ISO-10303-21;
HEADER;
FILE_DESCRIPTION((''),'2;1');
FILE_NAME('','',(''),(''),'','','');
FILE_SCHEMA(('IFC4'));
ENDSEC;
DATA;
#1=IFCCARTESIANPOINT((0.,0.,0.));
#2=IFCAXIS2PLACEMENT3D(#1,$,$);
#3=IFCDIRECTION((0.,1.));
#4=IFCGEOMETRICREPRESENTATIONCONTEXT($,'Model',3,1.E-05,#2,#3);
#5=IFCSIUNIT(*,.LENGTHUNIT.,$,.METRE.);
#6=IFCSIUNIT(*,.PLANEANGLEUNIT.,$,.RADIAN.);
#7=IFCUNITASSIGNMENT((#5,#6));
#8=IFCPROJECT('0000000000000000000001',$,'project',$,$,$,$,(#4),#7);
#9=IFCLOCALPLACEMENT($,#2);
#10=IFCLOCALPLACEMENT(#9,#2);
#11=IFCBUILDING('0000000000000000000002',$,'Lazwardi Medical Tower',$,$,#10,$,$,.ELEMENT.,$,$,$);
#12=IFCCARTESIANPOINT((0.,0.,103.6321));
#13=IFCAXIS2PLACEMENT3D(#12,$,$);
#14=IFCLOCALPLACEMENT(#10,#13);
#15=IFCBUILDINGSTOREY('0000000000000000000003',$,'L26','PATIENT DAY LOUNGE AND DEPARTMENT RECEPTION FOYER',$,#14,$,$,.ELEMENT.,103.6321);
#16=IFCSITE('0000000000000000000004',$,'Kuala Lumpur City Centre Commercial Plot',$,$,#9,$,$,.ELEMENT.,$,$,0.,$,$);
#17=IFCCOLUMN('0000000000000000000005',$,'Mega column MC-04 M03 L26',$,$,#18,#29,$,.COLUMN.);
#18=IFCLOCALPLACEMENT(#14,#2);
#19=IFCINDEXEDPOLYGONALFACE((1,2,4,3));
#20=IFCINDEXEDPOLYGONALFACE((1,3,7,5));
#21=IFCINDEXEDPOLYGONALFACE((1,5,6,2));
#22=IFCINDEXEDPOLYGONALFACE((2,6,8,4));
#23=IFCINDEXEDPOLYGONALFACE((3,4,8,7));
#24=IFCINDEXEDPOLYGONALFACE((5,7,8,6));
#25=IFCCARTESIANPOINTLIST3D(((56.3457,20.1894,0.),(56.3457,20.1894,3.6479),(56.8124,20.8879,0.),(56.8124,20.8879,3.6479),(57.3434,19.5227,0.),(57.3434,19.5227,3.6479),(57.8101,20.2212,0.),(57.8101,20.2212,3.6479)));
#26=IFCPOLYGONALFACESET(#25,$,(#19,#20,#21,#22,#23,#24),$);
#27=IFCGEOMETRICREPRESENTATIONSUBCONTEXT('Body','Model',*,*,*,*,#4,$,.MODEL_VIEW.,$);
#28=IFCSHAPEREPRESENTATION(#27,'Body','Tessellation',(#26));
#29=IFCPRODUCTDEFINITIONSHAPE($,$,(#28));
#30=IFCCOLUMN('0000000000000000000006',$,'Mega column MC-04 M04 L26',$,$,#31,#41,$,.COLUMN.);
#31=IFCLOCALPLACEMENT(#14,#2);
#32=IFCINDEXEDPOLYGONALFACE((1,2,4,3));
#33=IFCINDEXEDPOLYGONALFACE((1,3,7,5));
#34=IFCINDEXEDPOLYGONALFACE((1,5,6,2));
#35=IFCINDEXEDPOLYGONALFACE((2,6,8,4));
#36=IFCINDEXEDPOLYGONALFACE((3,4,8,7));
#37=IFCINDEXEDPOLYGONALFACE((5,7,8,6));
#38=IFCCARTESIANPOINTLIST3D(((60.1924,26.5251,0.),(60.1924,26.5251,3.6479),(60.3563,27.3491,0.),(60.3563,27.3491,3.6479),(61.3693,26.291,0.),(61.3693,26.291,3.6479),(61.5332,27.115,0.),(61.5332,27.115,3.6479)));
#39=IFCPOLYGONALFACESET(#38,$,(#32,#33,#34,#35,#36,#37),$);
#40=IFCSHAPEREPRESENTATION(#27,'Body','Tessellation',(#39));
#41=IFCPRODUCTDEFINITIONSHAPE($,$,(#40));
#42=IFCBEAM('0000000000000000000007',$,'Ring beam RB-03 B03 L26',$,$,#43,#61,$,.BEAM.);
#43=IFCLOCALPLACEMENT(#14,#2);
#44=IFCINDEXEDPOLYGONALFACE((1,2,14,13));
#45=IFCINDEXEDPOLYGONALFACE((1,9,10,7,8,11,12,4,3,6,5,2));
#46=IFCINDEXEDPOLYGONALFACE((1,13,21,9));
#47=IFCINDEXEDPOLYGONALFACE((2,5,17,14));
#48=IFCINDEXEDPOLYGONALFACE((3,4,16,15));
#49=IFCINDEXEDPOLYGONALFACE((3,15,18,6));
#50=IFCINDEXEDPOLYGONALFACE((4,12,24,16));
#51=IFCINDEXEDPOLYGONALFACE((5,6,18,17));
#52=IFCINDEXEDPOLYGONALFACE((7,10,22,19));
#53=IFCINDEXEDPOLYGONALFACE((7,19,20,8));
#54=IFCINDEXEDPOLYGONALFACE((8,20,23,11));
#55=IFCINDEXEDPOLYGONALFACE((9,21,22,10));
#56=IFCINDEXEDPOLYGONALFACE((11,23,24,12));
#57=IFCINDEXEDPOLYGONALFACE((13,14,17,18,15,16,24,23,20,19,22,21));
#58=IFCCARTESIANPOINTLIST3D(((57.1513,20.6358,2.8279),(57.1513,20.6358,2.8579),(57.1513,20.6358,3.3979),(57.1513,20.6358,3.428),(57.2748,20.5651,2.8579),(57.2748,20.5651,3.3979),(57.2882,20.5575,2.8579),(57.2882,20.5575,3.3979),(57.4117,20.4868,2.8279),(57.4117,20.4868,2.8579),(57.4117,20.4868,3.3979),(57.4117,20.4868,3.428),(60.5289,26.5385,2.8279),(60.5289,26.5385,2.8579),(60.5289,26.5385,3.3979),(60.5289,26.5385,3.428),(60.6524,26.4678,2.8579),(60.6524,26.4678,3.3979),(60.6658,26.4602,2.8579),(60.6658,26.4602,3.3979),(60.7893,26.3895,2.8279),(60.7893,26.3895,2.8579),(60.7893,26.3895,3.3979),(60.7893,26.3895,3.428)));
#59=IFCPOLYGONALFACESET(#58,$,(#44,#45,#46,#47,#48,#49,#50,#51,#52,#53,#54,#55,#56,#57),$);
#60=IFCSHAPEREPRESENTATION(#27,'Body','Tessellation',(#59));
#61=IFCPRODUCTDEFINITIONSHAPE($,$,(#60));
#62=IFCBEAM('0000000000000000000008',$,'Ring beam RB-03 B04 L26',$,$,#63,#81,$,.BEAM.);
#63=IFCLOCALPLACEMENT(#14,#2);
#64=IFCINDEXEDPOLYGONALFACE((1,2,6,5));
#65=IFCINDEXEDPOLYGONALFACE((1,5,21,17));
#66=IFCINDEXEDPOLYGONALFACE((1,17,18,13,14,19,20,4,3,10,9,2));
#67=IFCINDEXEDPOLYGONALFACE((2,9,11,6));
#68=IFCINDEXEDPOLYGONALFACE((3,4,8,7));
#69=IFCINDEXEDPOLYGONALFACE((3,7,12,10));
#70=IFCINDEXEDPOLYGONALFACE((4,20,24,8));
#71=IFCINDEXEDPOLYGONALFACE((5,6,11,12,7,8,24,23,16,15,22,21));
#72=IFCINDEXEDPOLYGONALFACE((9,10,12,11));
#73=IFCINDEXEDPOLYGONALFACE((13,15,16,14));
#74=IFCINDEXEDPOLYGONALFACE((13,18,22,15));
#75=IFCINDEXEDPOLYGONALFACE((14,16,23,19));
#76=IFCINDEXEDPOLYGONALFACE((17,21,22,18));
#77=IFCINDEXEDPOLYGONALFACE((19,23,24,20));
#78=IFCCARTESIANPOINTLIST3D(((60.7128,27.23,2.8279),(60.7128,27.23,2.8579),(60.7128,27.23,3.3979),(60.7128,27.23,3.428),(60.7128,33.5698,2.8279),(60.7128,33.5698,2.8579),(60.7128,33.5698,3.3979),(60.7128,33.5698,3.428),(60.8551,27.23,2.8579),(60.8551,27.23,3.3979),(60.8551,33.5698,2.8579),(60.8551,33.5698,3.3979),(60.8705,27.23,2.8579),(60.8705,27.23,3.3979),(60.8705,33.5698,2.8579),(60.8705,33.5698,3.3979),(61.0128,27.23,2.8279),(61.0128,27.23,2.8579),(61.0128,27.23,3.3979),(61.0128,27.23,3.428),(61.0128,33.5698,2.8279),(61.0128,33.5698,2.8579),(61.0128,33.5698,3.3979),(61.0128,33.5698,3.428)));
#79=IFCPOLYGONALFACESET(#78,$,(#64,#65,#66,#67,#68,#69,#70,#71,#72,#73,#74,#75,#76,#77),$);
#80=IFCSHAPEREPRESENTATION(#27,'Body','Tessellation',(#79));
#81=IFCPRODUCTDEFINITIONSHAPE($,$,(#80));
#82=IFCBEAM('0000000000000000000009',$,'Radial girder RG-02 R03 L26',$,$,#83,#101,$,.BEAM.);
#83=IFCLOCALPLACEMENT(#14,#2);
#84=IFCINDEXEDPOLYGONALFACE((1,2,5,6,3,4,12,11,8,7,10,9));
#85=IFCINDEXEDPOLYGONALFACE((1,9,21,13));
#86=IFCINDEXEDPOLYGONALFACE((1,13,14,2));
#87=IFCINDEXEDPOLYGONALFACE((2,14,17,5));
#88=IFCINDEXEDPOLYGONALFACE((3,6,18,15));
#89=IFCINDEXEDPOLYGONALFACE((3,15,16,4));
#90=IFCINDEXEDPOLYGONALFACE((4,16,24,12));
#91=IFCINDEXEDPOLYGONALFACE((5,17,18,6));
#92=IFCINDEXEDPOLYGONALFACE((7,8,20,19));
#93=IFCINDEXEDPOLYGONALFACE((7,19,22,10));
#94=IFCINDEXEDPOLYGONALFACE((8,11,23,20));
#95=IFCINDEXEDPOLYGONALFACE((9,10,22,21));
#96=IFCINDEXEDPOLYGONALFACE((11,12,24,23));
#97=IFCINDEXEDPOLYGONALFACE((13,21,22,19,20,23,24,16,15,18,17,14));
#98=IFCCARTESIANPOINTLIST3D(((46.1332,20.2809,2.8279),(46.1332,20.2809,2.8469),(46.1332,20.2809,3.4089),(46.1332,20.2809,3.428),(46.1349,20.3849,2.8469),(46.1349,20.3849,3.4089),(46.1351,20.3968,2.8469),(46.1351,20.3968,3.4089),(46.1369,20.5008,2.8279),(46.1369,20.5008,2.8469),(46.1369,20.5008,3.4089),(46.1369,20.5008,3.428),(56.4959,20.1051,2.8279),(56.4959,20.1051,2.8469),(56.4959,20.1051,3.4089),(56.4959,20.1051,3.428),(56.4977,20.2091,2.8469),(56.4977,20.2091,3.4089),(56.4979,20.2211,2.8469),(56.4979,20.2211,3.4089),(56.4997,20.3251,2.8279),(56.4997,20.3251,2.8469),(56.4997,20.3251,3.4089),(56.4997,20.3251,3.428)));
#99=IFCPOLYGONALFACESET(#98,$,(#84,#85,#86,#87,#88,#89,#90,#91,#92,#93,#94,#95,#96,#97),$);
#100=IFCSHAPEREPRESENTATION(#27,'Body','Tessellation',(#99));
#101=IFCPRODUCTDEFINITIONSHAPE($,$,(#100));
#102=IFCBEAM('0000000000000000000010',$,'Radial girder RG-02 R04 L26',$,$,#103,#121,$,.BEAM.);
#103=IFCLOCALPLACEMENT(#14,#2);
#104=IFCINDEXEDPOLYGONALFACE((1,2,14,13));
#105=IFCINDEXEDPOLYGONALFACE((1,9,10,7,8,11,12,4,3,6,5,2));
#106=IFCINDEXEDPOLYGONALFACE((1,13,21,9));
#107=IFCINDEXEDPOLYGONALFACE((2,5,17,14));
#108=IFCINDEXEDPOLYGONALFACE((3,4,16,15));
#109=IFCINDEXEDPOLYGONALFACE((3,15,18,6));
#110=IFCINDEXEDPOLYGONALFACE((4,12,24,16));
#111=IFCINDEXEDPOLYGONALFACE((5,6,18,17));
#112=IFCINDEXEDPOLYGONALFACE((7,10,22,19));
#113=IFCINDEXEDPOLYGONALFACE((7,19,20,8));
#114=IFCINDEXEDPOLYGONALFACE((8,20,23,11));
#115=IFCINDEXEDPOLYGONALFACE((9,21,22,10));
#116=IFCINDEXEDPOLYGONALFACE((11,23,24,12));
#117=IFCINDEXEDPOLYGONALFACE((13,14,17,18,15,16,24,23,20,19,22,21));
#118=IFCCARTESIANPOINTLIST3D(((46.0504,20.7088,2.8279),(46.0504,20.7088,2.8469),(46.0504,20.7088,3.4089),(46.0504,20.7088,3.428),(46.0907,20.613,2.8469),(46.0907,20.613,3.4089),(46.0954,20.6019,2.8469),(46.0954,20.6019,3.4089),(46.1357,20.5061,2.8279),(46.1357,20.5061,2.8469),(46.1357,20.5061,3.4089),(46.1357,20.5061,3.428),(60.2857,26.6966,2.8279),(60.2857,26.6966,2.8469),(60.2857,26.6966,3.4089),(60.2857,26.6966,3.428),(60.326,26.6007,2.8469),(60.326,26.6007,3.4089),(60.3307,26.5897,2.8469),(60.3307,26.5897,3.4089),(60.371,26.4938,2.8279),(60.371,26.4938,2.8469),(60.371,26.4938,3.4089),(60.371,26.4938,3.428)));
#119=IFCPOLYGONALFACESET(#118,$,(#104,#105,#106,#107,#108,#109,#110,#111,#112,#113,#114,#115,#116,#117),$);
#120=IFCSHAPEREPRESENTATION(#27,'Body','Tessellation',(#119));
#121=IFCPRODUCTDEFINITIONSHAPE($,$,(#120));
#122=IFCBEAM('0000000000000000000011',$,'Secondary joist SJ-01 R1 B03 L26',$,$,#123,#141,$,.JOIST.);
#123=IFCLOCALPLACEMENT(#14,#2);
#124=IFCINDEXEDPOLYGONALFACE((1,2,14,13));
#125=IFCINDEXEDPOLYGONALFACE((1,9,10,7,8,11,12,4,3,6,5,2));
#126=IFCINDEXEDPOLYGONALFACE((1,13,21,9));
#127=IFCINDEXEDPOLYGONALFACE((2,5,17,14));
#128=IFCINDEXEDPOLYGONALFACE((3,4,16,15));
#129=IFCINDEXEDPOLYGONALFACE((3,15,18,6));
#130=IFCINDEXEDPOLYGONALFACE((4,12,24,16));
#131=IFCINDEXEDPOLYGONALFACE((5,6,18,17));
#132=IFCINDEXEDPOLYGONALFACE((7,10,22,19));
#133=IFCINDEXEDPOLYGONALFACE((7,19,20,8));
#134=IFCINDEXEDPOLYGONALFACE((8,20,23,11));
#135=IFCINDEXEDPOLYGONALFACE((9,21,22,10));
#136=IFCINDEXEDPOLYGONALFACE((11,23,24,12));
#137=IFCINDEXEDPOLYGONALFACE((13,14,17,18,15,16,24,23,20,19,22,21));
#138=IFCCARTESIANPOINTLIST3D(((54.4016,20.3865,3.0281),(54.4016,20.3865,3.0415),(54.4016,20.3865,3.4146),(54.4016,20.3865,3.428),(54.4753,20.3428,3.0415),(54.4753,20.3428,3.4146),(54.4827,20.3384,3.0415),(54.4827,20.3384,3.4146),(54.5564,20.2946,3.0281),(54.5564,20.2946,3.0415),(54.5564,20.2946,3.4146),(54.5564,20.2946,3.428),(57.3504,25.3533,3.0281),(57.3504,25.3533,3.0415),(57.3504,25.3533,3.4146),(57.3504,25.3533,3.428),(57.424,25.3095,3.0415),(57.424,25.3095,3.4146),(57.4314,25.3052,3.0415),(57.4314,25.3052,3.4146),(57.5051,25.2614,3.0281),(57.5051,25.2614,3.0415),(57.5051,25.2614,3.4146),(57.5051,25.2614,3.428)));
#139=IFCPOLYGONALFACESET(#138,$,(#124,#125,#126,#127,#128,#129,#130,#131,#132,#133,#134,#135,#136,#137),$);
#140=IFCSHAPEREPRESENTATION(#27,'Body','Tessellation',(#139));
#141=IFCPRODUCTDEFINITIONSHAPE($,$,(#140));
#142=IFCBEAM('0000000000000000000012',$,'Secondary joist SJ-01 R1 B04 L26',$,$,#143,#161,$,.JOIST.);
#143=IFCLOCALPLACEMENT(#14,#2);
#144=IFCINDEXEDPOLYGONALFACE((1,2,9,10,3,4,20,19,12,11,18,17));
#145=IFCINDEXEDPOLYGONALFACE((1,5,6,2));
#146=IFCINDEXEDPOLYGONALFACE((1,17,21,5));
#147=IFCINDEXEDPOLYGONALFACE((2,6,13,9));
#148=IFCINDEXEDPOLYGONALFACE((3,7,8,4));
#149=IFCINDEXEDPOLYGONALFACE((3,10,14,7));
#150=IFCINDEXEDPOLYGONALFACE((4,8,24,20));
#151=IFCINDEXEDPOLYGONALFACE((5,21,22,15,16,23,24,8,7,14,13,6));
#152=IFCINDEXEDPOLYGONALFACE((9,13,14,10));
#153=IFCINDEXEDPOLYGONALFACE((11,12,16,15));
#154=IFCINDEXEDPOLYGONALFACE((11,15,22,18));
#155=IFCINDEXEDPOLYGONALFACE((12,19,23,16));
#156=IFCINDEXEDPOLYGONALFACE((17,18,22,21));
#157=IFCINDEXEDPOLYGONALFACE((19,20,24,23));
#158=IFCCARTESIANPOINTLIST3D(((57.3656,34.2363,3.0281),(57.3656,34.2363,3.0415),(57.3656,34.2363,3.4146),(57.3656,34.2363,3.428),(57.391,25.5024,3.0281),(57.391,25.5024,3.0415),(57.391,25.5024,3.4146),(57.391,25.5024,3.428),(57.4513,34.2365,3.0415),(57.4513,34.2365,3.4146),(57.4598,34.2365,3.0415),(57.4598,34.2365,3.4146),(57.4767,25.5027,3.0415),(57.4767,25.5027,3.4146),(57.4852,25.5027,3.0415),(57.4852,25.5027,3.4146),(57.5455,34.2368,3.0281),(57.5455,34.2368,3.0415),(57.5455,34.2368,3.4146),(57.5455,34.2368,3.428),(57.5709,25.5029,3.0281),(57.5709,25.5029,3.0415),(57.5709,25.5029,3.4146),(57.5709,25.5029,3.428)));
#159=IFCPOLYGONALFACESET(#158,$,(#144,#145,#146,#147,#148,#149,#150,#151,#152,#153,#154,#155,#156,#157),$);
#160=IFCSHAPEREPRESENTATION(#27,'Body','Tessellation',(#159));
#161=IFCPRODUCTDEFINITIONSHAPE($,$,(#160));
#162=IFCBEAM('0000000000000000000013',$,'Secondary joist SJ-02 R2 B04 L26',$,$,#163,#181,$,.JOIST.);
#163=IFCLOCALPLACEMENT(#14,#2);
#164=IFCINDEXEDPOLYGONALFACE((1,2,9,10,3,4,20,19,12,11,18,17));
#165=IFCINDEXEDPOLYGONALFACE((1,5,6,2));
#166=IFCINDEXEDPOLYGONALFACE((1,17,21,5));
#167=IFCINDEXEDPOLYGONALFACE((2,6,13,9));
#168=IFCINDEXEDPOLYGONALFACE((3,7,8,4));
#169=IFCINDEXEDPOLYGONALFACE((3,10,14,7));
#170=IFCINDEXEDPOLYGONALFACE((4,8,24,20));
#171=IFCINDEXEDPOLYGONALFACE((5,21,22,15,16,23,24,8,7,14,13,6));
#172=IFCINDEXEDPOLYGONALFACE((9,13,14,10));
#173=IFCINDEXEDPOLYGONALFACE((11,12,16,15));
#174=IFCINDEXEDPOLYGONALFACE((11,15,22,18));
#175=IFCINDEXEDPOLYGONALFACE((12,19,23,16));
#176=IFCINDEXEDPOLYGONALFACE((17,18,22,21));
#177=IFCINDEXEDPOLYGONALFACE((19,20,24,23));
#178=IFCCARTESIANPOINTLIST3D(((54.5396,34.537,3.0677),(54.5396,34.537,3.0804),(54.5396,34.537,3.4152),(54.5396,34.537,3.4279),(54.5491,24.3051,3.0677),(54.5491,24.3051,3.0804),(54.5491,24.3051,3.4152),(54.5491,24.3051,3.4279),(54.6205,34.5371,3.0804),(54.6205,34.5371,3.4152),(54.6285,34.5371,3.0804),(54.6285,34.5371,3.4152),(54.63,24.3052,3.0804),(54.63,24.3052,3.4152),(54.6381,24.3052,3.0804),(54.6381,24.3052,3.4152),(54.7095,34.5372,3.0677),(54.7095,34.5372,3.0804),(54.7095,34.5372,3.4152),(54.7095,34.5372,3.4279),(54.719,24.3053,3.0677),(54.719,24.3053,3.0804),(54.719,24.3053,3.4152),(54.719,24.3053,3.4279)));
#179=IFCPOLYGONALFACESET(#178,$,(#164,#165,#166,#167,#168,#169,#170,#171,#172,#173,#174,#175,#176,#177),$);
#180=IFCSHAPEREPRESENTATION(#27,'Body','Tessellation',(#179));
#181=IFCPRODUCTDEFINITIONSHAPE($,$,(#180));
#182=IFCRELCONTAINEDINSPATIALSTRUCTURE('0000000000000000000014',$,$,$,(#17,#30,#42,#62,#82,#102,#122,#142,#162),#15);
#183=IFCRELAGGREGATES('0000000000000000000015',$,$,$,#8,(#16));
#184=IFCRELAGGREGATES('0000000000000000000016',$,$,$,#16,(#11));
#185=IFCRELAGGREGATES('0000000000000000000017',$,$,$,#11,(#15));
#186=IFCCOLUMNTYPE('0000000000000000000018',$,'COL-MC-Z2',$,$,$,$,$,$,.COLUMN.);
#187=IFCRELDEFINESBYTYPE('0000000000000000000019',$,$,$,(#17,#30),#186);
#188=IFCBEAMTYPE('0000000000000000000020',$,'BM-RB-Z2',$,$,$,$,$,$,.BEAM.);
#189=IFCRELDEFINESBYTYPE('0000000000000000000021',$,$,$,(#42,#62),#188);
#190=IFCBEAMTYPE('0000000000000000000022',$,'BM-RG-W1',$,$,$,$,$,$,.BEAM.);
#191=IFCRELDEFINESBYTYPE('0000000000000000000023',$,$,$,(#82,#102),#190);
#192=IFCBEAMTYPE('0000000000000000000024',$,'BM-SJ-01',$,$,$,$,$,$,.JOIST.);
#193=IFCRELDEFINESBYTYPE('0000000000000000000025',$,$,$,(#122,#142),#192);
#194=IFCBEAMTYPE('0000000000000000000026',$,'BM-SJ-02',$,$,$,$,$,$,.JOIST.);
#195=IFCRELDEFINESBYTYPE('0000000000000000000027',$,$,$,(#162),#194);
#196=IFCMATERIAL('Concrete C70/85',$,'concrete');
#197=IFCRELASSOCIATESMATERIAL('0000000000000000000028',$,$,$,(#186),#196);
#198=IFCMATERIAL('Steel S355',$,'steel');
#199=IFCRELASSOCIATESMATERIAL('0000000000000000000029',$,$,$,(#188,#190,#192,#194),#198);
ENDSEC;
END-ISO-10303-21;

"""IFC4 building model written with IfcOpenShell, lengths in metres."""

from ifc_helpers import new_model, si_unit, direction, frame, origin, origin_2d, place, context, subcontext, project, spatial, rectangle, i_section, extrude, material, material_profile, profile_set, type_object, element, save


model = new_model("IFC4")

# Units and contexts
model_context = context("Model", 3, precision=1e-05, world=origin(), true_north=direction((0.0, 1.0)))
body_context = subcontext(model_context, "Body", "Model", "MODEL_VIEW")
ifc_project = project(units=[si_unit("LENGTHUNIT", "METRE"), si_unit("PLANEANGLEUNIT", "RADIAN")], contexts=[model_context])

# Site, building, storey
site_placement = place(None, origin())
site = spatial("IfcSite", under=ifc_project, at=site_placement, Name="Kuala Lumpur City Centre Commercial Plot", CompositionType="ELEMENT", RefElevation=0.0)
building_placement = place(site_placement, origin())
building = spatial("IfcBuilding", under=site, at=building_placement, Name="Lazwardi Medical Tower", CompositionType="ELEMENT")
storey_placement = place(building_placement, frame((0.0, 0.0, 103.6321)))
storey = spatial("IfcBuildingStorey", under=building, at=storey_placement, Name="L26", Description="PATIENT DAY LOUNGE AND DEPARTMENT RECEPTION FOYER", CompositionType="ELEMENT", Elevation=103.6321)

# Columns
ifc_material_1 = material(Name="Concrete C70/85", Category="concrete")
ifc_material_profile_1 = material_profile(ifc_material_1, rectangle(XDim=1.2, YDim=0.8401, at=origin_2d()), Name="CFT-RECT 1200x840")
ifc_profile_set_1 = profile_set([ifc_material_profile_1], Name="Concrete C70/85")
column_type = type_object("IfcColumnType", Name="COL-MC-Z2", PredefinedType="COLUMN", material=ifc_profile_set_1)
for number, where, z_axis, x_axis, name in (
    (1, (57.0779, 20.2053, 0.0), (0.0, 0.0, 1.0), (0.83147, -0.55557, 0.0), "Mega column MC-04 M03 L26"),
    (2, (60.8628, 26.8201, 0.0), (0.0, 0.0, 1.0), (0.980785, -0.19509, 0.0), "Mega column MC-04 M04 L26"),
):
    element("IfcColumn", number, at=place(storey_placement, frame(where, z_axis=z_axis, x_axis=x_axis)), inside=storey, type_object=column_type, Name=name, PredefinedType="COLUMN", context=body_context, shape_type="SweptSolid", body=[
        extrude(rectangle(XDim=1.2, YDim=0.8401, at=origin_2d()), origin(), (0.0, 0.0, 1.0), 3.6479),
    ])

# Beams
ifc_material_2 = material(Name="Steel S355", Category="steel")
ifc_material_profile_2 = material_profile(ifc_material_2, i_section(OverallWidth=0.3, OverallDepth=0.6001, WebThickness=0.0154, FlangeThickness=0.03, at=origin_2d()), Name="HEB 600")
ifc_profile_set_2 = profile_set([ifc_material_profile_2], Name="Steel S355")
beam_type_1 = type_object("IfcBeamType", Name="BM-RB-Z2", PredefinedType="BEAM", material=ifc_profile_set_2)
beam_1_placement = place(storey_placement, frame((57.2815, 20.5613, 3.1279), z_axis=(0.496653, 0.867949, 0.0), x_axis=(-0.867949, 0.496653, 0.0)))
element("IfcBeam", 3, at=beam_1_placement, inside=storey, type_object=beam_type_1, Name="Ring beam RB-03 B03 L26", PredefinedType="BEAM", context=body_context, shape_type="SweptSolid", body=[
    extrude(i_section(OverallWidth=0.3, OverallDepth=0.6001, WebThickness=0.0154, FlangeThickness=0.03, at=origin_2d()), origin(), (0.0, 0.0, 1.0), 6.8008),
])
beam_2_placement = place(storey_placement, frame((60.8628, 27.23, 3.1279), z_axis=(0.0, 1.0, 0.0), x_axis=(-1.0, 0.0, 0.0)))
element("IfcBeam", 4, at=beam_2_placement, inside=storey, type_object=beam_type_1, Name="Ring beam RB-03 B04 L26", PredefinedType="BEAM", context=body_context, shape_type="SweptSolid", body=[
    extrude(i_section(OverallWidth=0.3, OverallDepth=0.6001, WebThickness=0.0154, FlangeThickness=0.03, at=origin_2d()), origin(), (0.0, 0.0, 1.0), 6.3398),
])
ifc_material_profile_3 = material_profile(ifc_material_2, i_section(OverallWidth=0.22, OverallDepth=0.6001, WebThickness=0.012, FlangeThickness=0.019, at=origin_2d()), Name="IPE 600")
ifc_profile_set_3 = profile_set([ifc_material_profile_3], Name="Steel S355")
beam_type_2 = type_object("IfcBeamType", Name="BM-RG-W1", PredefinedType="BEAM", material=ifc_profile_set_3)
beam_3_placement = place(storey_placement, frame((56.4978, 20.2151, 3.1279), z_axis=(-0.999856, 0.01696, 0.0), x_axis=(-0.01696, -0.999856, 0.0)))
element("IfcBeam", 5, at=beam_3_placement, inside=storey, type_object=beam_type_2, Name="Radial girder RG-02 R03 L26", PredefinedType="BEAM", context=body_context, shape_type="SweptSolid", body=[
    extrude(i_section(OverallWidth=0.22, OverallDepth=0.6001, WebThickness=0.012, FlangeThickness=0.019, at=origin_2d()), origin(), (0.0, 0.0, 1.0), 10.3643),
])
beam_4_placement = place(storey_placement, frame((60.3284, 26.5952, 3.1279), z_axis=(-0.921775, -0.387725, 0.0), x_axis=(0.387725, -0.921775, 0.0)))
element("IfcBeam", 6, at=beam_4_placement, inside=storey, type_object=beam_type_2, Name="Radial girder RG-02 R04 L26", PredefinedType="BEAM", context=body_context, shape_type="SweptSolid", body=[
    extrude(i_section(OverallWidth=0.22, OverallDepth=0.6001, WebThickness=0.012, FlangeThickness=0.019, at=origin_2d()), origin(), (0.0, 0.0, 1.0), 15.4434),
])
ifc_material_profile_4 = material_profile(ifc_material_2, i_section(OverallWidth=0.1799, OverallDepth=0.3999, WebThickness=0.0085, FlangeThickness=0.0134, at=origin_2d()), Name="IPE 400")
ifc_profile_set_4 = profile_set([ifc_material_profile_4], Name="Steel S355")
beam_type_3 = type_object("IfcBeamType", Name="BM-SJ-01", PredefinedType="JOIST", material=ifc_profile_set_4)
beam_5_placement = place(storey_placement, frame((54.479, 20.3406, 3.228), z_axis=(0.5105, 0.859878, 0.0), x_axis=(-0.859878, 0.5105, 0.0)))
element("IfcBeam", 7, at=beam_5_placement, inside=storey, type_object=beam_type_3, Name="Secondary joist SJ-01 R1 B03 L26", PredefinedType="JOIST", context=body_context, shape_type="SweptSolid", body=[
    extrude(i_section(OverallWidth=0.1799, OverallDepth=0.3999, WebThickness=0.0085, FlangeThickness=0.0134, at=origin_2d()), origin(), (0.0, 0.0, 1.0), 5.7761),
])
beam_6_placement = place(storey_placement, frame((57.481, 25.5027, 3.228), z_axis=(-0.002907, 0.999996, 0.0), x_axis=(-0.999996, -0.002907, 0.0)))
element("IfcBeam", 8, at=beam_6_placement, inside=storey, type_object=beam_type_3, Name="Secondary joist SJ-01 R1 B04 L26", PredefinedType="JOIST", context=body_context, shape_type="SweptSolid", body=[
    extrude(i_section(OverallWidth=0.1799, OverallDepth=0.3999, WebThickness=0.0085, FlangeThickness=0.0134, at=origin_2d()), origin(), (0.0, 0.0, 1.0), 8.7339),
])
ifc_material_profile_5 = material_profile(ifc_material_2, i_section(OverallWidth=0.1699, OverallDepth=0.3601, WebThickness=0.0081, FlangeThickness=0.0127, at=origin_2d()), Name="IPE 360")
ifc_profile_set_5 = profile_set([ifc_material_profile_5], Name="Steel S355")
beam_type_4 = type_object("IfcBeamType", Name="BM-SJ-02", PredefinedType="JOIST", material=ifc_profile_set_5)
beam_7_placement = place(storey_placement, frame((54.634, 24.3052, 3.2478), z_axis=(-0.000931, 1.0, 0.0), x_axis=(-1.0, -0.000931, 0.0)))
element("IfcBeam", 9, at=beam_7_placement, inside=storey, type_object=beam_type_4, Name="Secondary joist SJ-02 R2 B04 L26", PredefinedType="JOIST", context=body_context, shape_type="SweptSolid", body=[
    extrude(i_section(OverallWidth=0.1699, OverallDepth=0.3601, WebThickness=0.0081, FlangeThickness=0.0127, at=origin_2d()), origin(), (0.0, 0.0, 1.0), 10.2319),
])

save(model, "model.ifc")
